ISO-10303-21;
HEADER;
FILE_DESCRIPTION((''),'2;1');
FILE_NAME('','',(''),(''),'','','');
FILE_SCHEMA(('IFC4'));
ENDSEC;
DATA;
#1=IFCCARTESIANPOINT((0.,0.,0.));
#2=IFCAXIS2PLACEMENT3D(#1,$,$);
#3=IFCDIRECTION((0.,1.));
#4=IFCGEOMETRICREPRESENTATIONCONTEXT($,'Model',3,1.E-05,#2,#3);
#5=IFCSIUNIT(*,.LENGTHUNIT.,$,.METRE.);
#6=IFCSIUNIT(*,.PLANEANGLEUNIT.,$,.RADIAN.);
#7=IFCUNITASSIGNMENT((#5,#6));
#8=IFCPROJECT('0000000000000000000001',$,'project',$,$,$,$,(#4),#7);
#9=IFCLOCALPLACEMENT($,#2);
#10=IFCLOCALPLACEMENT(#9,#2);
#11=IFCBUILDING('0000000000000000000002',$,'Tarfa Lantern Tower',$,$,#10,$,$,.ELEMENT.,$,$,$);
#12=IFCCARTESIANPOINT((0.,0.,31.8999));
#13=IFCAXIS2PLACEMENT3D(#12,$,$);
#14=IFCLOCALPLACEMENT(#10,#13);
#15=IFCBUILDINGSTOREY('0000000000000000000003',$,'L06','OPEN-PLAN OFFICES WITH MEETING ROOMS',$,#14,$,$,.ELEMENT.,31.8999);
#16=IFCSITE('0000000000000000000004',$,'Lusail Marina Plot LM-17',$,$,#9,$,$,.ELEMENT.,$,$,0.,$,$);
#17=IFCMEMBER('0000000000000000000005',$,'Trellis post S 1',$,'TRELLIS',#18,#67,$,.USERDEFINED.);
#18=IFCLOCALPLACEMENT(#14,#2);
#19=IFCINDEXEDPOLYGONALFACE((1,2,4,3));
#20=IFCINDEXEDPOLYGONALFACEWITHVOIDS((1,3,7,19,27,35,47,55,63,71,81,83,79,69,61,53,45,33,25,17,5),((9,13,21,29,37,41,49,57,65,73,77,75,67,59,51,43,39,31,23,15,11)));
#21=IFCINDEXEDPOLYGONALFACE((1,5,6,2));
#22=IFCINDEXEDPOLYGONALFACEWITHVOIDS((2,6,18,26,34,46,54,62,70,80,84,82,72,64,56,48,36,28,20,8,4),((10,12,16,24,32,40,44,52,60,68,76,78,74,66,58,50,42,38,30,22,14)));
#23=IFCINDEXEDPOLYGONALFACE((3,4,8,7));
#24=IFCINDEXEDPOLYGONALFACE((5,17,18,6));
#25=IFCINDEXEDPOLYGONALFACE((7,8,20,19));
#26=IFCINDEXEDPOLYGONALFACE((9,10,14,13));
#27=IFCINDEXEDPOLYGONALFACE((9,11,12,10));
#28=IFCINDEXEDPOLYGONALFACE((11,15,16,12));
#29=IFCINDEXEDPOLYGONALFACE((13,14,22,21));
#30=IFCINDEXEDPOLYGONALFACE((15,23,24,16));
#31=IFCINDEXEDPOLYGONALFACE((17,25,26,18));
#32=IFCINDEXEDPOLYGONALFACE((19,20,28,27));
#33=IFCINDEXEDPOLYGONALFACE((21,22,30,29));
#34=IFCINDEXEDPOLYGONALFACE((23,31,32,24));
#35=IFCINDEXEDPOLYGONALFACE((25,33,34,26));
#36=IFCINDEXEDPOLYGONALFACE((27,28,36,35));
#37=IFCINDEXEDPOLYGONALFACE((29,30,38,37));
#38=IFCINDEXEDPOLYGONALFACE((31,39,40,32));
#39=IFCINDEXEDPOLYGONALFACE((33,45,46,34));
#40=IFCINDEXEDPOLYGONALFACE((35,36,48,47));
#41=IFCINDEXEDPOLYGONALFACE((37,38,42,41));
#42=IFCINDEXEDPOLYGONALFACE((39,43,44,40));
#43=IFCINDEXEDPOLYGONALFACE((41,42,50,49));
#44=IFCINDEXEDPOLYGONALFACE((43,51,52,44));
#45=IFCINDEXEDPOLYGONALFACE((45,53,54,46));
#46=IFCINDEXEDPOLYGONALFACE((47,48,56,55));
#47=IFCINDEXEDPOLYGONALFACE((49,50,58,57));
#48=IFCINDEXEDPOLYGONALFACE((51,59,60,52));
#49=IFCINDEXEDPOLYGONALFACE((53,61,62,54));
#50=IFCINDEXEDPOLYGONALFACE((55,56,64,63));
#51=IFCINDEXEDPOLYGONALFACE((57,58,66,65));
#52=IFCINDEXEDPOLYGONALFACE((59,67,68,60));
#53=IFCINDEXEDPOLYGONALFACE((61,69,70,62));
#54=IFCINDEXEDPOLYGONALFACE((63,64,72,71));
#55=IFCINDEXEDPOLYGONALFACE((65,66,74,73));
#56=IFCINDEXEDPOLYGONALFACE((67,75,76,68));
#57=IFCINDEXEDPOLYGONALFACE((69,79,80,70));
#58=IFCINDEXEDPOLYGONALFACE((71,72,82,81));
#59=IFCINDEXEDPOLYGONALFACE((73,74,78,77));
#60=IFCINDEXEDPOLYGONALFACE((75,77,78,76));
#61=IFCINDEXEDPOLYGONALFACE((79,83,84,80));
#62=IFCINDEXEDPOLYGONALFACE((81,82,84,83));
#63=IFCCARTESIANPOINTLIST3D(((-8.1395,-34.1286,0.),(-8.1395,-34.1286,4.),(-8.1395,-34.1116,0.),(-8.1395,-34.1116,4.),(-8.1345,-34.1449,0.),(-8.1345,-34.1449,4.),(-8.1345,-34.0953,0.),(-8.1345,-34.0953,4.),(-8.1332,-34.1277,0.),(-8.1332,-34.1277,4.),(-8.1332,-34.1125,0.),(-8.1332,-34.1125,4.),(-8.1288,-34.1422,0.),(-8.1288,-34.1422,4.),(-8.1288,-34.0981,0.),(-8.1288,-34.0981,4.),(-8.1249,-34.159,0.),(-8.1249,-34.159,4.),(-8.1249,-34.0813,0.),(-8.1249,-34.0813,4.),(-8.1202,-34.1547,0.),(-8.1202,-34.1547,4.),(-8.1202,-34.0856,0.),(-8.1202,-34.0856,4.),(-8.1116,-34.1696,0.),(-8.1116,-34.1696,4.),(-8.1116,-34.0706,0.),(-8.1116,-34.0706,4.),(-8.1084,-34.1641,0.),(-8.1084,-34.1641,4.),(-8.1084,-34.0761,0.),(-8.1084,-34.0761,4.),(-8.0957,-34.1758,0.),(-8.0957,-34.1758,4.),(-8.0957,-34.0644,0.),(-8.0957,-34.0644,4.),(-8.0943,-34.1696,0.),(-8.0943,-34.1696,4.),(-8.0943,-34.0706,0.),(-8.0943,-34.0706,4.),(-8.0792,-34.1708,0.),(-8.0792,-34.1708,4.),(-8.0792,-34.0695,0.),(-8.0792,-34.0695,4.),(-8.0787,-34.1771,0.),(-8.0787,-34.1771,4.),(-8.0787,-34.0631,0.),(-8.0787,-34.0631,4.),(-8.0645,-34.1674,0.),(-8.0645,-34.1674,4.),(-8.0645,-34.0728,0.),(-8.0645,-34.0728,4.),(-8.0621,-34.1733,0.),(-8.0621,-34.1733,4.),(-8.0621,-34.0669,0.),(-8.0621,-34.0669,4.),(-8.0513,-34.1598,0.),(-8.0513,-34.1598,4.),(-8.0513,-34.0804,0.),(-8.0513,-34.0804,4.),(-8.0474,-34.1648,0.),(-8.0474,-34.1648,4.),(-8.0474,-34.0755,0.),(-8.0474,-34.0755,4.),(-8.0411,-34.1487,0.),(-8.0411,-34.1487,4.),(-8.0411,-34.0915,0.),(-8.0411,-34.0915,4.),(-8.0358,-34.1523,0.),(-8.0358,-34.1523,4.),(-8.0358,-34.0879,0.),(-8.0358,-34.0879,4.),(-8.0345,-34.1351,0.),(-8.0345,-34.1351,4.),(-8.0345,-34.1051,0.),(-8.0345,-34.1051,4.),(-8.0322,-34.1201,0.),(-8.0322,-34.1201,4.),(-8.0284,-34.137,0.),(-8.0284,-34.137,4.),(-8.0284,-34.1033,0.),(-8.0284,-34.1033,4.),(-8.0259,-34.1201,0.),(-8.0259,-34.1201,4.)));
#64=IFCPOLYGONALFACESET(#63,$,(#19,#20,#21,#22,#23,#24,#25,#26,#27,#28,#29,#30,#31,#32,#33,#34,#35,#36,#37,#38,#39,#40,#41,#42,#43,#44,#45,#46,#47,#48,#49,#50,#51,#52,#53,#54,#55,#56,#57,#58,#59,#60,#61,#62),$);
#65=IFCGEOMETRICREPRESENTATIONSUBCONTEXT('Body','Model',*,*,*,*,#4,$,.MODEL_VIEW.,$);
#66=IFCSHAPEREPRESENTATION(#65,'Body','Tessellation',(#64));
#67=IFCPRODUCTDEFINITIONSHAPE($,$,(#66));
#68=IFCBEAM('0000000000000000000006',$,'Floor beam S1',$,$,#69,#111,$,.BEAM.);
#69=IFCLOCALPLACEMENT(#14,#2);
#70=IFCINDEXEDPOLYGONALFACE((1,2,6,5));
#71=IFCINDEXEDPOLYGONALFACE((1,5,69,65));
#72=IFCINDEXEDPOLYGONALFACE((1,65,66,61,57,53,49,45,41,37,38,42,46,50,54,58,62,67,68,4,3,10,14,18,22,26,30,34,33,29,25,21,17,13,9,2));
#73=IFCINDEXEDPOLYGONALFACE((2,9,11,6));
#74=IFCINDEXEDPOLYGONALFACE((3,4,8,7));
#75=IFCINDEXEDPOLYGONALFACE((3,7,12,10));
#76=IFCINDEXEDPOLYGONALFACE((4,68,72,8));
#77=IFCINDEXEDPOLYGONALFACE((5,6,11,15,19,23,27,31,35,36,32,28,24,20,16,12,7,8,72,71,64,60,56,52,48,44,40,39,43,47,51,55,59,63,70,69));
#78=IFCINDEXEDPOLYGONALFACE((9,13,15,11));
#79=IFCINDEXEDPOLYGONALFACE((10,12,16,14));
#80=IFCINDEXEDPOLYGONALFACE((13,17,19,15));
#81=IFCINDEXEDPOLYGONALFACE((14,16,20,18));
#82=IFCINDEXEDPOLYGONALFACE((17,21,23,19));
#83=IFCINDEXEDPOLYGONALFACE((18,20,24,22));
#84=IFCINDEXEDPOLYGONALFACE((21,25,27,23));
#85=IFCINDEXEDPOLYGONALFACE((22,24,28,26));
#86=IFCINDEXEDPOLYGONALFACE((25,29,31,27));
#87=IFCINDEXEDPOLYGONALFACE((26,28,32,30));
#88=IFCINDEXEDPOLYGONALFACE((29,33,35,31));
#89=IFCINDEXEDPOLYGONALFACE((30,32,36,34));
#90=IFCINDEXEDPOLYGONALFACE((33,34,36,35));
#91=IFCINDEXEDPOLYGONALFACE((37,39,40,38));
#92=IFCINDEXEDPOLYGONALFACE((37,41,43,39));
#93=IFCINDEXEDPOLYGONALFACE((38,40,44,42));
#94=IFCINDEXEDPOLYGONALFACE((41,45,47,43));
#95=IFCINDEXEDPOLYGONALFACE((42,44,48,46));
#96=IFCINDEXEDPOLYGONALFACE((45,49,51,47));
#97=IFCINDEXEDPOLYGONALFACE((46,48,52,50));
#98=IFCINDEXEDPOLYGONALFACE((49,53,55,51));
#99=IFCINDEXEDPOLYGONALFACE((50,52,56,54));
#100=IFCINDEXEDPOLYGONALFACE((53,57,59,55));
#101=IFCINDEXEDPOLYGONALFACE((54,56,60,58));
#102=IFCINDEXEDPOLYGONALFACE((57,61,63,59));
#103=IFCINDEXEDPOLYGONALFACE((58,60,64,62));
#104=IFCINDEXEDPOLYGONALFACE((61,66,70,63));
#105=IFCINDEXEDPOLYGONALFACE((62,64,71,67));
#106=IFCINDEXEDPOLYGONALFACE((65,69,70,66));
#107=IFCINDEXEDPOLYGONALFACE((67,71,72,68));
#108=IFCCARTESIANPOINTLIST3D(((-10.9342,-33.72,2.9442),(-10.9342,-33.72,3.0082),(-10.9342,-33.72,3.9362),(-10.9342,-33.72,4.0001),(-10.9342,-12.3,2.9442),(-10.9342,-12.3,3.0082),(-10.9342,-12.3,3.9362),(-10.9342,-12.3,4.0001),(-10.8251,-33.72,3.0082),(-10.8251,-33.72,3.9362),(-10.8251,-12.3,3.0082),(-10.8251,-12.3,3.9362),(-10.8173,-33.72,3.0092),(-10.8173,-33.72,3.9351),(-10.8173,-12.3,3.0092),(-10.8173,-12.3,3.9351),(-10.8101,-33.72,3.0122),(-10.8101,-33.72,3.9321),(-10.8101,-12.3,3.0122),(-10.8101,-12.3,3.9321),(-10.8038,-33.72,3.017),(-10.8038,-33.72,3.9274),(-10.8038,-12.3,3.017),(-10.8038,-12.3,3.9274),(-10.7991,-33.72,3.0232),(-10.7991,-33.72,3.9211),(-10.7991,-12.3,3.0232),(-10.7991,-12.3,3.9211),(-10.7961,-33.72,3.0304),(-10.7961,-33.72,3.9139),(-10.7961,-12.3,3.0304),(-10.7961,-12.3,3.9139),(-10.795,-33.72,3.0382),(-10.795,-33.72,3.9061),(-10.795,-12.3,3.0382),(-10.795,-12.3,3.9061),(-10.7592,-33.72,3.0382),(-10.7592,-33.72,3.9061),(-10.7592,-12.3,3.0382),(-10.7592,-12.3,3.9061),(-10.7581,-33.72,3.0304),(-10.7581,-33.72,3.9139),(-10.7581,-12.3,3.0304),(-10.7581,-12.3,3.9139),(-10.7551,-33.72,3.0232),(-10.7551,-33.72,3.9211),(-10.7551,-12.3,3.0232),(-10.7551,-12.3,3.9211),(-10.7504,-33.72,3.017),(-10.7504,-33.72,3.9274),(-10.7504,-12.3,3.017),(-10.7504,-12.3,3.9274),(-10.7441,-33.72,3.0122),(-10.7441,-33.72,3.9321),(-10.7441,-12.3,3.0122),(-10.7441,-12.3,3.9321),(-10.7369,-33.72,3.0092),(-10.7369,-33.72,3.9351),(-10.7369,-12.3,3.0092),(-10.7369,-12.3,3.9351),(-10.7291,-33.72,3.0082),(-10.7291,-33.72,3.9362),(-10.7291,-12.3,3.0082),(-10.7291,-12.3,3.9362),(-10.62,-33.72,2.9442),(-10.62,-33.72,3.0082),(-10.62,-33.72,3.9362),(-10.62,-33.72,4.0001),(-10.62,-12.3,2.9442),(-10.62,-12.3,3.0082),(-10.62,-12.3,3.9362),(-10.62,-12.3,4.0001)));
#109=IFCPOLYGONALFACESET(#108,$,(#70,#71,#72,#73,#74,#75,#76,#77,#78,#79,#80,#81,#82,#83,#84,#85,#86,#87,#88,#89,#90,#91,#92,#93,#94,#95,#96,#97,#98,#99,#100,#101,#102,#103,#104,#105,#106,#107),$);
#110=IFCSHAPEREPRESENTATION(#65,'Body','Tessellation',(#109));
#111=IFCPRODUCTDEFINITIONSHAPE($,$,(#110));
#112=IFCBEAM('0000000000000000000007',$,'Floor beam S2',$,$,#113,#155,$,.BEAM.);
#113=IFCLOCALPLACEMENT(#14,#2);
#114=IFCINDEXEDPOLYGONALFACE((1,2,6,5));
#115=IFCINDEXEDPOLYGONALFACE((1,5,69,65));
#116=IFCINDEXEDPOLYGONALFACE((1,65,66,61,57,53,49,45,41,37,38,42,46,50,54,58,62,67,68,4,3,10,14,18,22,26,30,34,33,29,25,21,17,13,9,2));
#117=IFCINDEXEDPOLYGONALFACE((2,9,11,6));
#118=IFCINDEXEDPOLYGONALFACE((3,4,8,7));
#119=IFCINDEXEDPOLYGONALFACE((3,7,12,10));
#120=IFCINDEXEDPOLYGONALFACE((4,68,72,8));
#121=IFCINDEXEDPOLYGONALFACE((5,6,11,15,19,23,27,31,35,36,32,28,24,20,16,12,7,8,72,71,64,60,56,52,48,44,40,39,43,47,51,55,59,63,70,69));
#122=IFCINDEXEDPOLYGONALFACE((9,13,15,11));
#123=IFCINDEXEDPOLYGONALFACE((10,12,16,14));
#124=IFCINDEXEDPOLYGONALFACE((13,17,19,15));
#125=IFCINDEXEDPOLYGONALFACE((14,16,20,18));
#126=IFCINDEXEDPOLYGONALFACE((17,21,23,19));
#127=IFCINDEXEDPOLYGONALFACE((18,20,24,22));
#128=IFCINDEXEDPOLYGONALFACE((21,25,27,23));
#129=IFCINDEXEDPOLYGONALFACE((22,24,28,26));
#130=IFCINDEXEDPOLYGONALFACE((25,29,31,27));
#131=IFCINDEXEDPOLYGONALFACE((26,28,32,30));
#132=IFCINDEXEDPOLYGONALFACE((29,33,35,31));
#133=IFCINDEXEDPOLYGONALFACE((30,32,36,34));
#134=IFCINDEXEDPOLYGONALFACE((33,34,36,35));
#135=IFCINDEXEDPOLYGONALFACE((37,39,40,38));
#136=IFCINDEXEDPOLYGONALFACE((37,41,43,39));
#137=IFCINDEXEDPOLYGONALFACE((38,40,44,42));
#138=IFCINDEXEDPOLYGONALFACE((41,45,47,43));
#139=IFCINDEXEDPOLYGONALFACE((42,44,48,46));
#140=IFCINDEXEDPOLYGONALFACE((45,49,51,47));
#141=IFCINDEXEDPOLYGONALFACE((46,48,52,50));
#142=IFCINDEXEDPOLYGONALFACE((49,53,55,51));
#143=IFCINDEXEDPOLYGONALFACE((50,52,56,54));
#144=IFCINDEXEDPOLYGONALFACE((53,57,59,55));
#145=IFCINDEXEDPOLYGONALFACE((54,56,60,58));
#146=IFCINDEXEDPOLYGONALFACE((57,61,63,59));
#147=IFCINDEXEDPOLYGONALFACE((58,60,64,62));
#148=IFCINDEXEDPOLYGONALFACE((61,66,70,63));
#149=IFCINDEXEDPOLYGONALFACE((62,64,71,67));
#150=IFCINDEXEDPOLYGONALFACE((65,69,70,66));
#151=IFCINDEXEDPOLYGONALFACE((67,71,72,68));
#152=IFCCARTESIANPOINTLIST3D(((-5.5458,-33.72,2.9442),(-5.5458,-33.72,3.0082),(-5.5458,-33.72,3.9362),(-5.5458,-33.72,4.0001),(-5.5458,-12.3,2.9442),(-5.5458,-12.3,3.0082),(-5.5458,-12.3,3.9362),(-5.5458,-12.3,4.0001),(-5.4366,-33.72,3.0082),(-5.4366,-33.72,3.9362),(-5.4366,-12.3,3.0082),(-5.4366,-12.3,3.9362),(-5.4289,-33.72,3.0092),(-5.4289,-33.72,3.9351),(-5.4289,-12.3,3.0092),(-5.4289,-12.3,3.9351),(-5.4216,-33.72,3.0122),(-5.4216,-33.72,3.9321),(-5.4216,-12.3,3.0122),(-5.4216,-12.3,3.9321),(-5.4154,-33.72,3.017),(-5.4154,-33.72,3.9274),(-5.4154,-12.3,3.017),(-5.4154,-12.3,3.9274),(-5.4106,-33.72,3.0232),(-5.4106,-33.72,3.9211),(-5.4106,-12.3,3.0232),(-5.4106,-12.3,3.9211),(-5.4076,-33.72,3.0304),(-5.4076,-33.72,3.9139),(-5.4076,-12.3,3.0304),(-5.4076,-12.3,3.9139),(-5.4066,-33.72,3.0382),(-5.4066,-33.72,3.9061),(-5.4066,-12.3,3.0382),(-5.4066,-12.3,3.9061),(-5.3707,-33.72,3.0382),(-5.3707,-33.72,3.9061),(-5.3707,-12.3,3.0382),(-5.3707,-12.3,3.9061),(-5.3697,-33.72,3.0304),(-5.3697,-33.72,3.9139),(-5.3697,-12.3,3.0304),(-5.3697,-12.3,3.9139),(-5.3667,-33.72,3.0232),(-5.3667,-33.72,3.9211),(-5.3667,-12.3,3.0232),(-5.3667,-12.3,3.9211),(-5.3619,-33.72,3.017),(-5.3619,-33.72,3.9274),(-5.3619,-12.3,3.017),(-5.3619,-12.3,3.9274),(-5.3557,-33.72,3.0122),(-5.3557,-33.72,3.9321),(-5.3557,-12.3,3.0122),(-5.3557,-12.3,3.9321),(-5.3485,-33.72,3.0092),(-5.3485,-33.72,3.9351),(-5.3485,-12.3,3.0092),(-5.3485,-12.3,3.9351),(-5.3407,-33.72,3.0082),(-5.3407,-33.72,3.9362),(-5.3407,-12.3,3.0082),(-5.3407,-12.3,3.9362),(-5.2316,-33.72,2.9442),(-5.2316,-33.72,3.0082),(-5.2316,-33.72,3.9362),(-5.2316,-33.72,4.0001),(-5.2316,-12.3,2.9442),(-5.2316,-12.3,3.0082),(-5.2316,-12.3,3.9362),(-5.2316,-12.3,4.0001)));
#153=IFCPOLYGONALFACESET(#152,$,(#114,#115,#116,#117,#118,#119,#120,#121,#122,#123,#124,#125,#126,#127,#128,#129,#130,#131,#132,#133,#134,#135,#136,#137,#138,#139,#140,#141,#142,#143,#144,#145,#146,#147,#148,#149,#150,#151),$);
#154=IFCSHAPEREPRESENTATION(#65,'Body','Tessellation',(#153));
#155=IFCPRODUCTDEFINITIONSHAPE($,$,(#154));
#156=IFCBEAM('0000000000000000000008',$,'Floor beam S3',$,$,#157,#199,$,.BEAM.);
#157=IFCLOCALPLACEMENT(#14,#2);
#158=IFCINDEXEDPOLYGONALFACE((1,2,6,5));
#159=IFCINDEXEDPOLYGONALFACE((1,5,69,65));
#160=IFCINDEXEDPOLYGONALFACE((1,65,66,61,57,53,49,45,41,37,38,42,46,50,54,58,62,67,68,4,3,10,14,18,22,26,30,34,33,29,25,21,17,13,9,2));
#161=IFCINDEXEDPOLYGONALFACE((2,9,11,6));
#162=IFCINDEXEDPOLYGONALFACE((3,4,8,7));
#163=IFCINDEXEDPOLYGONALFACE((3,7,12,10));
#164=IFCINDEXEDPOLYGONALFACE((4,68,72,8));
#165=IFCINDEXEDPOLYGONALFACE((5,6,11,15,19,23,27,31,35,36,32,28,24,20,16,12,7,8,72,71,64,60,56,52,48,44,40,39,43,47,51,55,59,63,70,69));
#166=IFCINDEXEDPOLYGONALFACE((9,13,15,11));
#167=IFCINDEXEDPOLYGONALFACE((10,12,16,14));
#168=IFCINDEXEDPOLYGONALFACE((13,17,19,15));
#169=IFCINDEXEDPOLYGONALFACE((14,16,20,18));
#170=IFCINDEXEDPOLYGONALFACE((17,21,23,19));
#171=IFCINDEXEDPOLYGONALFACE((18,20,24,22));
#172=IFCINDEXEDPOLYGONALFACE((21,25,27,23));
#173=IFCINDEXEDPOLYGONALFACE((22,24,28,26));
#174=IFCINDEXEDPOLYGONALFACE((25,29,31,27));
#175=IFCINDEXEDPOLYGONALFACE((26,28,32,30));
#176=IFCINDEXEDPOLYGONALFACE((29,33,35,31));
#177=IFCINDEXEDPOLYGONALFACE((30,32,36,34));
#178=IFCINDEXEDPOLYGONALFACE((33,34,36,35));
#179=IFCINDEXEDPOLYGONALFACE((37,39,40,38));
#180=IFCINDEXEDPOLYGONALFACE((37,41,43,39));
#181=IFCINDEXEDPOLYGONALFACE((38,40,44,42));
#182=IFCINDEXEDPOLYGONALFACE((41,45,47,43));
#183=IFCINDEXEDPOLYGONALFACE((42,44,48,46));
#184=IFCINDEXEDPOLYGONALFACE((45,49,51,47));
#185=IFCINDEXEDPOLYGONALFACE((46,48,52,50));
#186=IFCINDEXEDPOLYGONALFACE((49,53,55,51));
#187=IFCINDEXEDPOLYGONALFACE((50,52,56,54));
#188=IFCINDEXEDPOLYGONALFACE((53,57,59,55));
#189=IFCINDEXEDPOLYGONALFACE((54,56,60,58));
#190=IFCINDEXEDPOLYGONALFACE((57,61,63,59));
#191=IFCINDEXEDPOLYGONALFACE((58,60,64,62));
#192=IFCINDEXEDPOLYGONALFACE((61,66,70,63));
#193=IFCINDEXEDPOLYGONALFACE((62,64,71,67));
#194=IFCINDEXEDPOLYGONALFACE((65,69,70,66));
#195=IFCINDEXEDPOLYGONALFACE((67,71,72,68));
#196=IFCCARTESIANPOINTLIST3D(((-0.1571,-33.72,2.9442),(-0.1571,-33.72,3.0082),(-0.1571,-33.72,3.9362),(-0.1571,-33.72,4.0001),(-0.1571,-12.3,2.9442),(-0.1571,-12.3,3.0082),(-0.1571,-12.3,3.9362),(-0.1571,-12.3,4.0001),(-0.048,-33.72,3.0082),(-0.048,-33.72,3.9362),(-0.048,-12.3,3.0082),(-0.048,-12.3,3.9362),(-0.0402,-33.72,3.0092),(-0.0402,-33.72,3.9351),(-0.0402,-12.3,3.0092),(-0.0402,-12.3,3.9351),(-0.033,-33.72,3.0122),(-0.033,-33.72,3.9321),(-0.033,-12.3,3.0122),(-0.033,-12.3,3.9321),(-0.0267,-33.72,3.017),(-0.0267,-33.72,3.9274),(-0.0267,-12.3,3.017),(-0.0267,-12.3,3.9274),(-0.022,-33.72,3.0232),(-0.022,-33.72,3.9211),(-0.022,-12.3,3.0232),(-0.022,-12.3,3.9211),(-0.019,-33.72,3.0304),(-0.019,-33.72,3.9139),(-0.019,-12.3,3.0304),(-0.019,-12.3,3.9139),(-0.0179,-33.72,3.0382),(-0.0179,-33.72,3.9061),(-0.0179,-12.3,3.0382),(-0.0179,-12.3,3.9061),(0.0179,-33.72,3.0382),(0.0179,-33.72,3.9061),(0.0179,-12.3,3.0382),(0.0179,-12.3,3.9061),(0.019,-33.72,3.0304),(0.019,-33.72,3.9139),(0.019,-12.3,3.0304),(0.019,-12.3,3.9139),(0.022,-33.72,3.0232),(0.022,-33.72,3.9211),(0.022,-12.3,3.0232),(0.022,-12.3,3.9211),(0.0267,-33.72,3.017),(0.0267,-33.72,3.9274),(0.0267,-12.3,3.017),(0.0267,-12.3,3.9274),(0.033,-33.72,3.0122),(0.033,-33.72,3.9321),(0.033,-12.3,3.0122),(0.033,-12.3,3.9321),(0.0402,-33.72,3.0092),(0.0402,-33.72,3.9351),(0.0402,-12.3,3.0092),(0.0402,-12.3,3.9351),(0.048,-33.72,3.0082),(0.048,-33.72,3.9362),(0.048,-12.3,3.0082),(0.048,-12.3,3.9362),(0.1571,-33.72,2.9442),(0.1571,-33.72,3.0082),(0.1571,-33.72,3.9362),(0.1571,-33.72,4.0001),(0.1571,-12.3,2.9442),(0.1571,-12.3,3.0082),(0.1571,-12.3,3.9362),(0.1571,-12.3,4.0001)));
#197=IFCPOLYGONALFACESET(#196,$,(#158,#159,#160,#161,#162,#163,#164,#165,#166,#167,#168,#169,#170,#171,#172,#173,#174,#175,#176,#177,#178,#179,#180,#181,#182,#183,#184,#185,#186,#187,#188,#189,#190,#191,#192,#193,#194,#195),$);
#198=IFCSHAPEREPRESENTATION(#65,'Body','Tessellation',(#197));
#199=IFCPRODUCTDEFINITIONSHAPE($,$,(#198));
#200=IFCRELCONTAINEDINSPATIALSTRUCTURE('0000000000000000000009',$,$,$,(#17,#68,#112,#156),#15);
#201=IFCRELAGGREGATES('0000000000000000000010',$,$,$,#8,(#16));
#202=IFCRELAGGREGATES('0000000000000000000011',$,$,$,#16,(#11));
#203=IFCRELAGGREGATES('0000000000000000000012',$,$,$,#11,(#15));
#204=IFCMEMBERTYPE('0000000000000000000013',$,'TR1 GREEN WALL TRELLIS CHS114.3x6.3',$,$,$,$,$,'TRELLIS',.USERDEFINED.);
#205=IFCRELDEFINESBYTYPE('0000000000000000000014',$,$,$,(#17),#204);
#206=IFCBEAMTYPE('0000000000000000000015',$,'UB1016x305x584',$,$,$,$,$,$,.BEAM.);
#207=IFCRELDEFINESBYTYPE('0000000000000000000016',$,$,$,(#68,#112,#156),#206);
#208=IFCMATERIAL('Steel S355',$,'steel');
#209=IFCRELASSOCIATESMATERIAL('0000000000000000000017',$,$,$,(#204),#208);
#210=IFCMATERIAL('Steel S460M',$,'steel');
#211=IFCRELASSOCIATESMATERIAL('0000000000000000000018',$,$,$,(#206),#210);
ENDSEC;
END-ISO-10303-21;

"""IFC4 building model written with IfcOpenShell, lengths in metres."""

from ifc_helpers import new_model, si_unit, direction, frame, origin, origin_2d, place, context, subcontext, project, spatial, hollow_circle, i_section, extrude, material, material_profile, profile_set, type_object, element, save


model = new_model("IFC4")

# Units and contexts
model_context = context("Model", 3, precision=1e-05, world=origin(), true_north=direction((0.0, 1.0)))
body_context = subcontext(model_context, "Body", "Model", "MODEL_VIEW")
ifc_project = project(units=[si_unit("LENGTHUNIT", "METRE"), si_unit("PLANEANGLEUNIT", "RADIAN")], contexts=[model_context])

# Site, building, storey
site_placement = place(None, origin())
site = spatial("IfcSite", under=ifc_project, at=site_placement, Name="Lusail Marina Plot LM-17", CompositionType="ELEMENT", RefElevation=0.0)
building_placement = place(site_placement, origin())
building = spatial("IfcBuilding", under=site, at=building_placement, Name="Tarfa Lantern Tower", CompositionType="ELEMENT")
storey_placement = place(building_placement, frame((0.0, 0.0, 31.8999)))
storey = spatial("IfcBuildingStorey", under=building, at=storey_placement, Name="L06", Description="OPEN-PLAN OFFICES WITH MEETING ROOMS", CompositionType="ELEMENT", Elevation=31.8999)

# Member
ifc_material_1 = material(Name="Steel S355", Category="steel")
ifc_material_profile_1 = material_profile(ifc_material_1, hollow_circle(Radius=0.0571, WallThickness=0.0063, at=origin_2d()), Name="CHS114.3x6.3")
ifc_profile_set_1 = profile_set([ifc_material_profile_1], Name="Steel S355")
member_type_1 = type_object("IfcMemberType", Name="TR1 GREEN WALL TRELLIS CHS114.3x6.3", ElementType="TRELLIS", PredefinedType="USERDEFINED", material=ifc_profile_set_1)
member_1_placement = place(storey_placement, frame((-8.083, -34.1201, 0.0), z_axis=(0.0, 0.0, 1.0), x_axis=(1.0, 0.0, 0.0)))
element("IfcMember", 1, at=member_1_placement, inside=storey, type_object=member_type_1, Name="Trellis post S 1", ObjectType="TRELLIS", PredefinedType="USERDEFINED", context=body_context, shape_type="SweptSolid", body=[
    extrude(hollow_circle(Radius=0.0571, WallThickness=0.0063, at=origin_2d()), origin(), (0.0, 0.0, 1.0), 4.0),
])

# Beams
ifc_material_2 = material(Name="Steel S460M", Category="steel")
ifc_material_profile_2 = material_profile(ifc_material_2, i_section(OverallWidth=0.3142, OverallDepth=1.0559, WebThickness=0.0359, FlangeThickness=0.064, FilletRadius=0.03, at=origin_2d()), Name="UB1016x305x584")
ifc_profile_set_2 = profile_set([ifc_material_profile_2], Name="Steel S460M")
beam_type_1 = type_object("IfcBeamType", Name="UB1016x305x584", PredefinedType="BEAM", material=ifc_profile_set_2)
for number, where, z_axis, x_axis, name in (
    (2, (-10.7771, -33.72, 3.4722), (0.0, 1.0, 0.0), (-1.0, 0.0, 0.0), "Floor beam S1"),
    (3, (-5.3887, -33.72, 3.4722), (0.0, 1.0, 0.0), (-1.0, 0.0, 0.0), "Floor beam S2"),
    (4, (0.0, -33.72, 3.4722), (0.0, 1.0, 0.0), (-1.0, 0.0, 0.0), "Floor beam S3"),
):
    element("IfcBeam", number, at=place(storey_placement, frame(where, z_axis=z_axis, x_axis=x_axis)), inside=storey, type_object=beam_type_1, Name=name, PredefinedType="BEAM", context=body_context, shape_type="SweptSolid", body=[
        extrude(i_section(OverallWidth=0.3142, OverallDepth=1.0559, WebThickness=0.0359, FlangeThickness=0.064, FilletRadius=0.03, at=origin_2d()), origin(), (0.0, 0.0, 1.0), 21.4199),
    ])

save(model, "model.ifc")
